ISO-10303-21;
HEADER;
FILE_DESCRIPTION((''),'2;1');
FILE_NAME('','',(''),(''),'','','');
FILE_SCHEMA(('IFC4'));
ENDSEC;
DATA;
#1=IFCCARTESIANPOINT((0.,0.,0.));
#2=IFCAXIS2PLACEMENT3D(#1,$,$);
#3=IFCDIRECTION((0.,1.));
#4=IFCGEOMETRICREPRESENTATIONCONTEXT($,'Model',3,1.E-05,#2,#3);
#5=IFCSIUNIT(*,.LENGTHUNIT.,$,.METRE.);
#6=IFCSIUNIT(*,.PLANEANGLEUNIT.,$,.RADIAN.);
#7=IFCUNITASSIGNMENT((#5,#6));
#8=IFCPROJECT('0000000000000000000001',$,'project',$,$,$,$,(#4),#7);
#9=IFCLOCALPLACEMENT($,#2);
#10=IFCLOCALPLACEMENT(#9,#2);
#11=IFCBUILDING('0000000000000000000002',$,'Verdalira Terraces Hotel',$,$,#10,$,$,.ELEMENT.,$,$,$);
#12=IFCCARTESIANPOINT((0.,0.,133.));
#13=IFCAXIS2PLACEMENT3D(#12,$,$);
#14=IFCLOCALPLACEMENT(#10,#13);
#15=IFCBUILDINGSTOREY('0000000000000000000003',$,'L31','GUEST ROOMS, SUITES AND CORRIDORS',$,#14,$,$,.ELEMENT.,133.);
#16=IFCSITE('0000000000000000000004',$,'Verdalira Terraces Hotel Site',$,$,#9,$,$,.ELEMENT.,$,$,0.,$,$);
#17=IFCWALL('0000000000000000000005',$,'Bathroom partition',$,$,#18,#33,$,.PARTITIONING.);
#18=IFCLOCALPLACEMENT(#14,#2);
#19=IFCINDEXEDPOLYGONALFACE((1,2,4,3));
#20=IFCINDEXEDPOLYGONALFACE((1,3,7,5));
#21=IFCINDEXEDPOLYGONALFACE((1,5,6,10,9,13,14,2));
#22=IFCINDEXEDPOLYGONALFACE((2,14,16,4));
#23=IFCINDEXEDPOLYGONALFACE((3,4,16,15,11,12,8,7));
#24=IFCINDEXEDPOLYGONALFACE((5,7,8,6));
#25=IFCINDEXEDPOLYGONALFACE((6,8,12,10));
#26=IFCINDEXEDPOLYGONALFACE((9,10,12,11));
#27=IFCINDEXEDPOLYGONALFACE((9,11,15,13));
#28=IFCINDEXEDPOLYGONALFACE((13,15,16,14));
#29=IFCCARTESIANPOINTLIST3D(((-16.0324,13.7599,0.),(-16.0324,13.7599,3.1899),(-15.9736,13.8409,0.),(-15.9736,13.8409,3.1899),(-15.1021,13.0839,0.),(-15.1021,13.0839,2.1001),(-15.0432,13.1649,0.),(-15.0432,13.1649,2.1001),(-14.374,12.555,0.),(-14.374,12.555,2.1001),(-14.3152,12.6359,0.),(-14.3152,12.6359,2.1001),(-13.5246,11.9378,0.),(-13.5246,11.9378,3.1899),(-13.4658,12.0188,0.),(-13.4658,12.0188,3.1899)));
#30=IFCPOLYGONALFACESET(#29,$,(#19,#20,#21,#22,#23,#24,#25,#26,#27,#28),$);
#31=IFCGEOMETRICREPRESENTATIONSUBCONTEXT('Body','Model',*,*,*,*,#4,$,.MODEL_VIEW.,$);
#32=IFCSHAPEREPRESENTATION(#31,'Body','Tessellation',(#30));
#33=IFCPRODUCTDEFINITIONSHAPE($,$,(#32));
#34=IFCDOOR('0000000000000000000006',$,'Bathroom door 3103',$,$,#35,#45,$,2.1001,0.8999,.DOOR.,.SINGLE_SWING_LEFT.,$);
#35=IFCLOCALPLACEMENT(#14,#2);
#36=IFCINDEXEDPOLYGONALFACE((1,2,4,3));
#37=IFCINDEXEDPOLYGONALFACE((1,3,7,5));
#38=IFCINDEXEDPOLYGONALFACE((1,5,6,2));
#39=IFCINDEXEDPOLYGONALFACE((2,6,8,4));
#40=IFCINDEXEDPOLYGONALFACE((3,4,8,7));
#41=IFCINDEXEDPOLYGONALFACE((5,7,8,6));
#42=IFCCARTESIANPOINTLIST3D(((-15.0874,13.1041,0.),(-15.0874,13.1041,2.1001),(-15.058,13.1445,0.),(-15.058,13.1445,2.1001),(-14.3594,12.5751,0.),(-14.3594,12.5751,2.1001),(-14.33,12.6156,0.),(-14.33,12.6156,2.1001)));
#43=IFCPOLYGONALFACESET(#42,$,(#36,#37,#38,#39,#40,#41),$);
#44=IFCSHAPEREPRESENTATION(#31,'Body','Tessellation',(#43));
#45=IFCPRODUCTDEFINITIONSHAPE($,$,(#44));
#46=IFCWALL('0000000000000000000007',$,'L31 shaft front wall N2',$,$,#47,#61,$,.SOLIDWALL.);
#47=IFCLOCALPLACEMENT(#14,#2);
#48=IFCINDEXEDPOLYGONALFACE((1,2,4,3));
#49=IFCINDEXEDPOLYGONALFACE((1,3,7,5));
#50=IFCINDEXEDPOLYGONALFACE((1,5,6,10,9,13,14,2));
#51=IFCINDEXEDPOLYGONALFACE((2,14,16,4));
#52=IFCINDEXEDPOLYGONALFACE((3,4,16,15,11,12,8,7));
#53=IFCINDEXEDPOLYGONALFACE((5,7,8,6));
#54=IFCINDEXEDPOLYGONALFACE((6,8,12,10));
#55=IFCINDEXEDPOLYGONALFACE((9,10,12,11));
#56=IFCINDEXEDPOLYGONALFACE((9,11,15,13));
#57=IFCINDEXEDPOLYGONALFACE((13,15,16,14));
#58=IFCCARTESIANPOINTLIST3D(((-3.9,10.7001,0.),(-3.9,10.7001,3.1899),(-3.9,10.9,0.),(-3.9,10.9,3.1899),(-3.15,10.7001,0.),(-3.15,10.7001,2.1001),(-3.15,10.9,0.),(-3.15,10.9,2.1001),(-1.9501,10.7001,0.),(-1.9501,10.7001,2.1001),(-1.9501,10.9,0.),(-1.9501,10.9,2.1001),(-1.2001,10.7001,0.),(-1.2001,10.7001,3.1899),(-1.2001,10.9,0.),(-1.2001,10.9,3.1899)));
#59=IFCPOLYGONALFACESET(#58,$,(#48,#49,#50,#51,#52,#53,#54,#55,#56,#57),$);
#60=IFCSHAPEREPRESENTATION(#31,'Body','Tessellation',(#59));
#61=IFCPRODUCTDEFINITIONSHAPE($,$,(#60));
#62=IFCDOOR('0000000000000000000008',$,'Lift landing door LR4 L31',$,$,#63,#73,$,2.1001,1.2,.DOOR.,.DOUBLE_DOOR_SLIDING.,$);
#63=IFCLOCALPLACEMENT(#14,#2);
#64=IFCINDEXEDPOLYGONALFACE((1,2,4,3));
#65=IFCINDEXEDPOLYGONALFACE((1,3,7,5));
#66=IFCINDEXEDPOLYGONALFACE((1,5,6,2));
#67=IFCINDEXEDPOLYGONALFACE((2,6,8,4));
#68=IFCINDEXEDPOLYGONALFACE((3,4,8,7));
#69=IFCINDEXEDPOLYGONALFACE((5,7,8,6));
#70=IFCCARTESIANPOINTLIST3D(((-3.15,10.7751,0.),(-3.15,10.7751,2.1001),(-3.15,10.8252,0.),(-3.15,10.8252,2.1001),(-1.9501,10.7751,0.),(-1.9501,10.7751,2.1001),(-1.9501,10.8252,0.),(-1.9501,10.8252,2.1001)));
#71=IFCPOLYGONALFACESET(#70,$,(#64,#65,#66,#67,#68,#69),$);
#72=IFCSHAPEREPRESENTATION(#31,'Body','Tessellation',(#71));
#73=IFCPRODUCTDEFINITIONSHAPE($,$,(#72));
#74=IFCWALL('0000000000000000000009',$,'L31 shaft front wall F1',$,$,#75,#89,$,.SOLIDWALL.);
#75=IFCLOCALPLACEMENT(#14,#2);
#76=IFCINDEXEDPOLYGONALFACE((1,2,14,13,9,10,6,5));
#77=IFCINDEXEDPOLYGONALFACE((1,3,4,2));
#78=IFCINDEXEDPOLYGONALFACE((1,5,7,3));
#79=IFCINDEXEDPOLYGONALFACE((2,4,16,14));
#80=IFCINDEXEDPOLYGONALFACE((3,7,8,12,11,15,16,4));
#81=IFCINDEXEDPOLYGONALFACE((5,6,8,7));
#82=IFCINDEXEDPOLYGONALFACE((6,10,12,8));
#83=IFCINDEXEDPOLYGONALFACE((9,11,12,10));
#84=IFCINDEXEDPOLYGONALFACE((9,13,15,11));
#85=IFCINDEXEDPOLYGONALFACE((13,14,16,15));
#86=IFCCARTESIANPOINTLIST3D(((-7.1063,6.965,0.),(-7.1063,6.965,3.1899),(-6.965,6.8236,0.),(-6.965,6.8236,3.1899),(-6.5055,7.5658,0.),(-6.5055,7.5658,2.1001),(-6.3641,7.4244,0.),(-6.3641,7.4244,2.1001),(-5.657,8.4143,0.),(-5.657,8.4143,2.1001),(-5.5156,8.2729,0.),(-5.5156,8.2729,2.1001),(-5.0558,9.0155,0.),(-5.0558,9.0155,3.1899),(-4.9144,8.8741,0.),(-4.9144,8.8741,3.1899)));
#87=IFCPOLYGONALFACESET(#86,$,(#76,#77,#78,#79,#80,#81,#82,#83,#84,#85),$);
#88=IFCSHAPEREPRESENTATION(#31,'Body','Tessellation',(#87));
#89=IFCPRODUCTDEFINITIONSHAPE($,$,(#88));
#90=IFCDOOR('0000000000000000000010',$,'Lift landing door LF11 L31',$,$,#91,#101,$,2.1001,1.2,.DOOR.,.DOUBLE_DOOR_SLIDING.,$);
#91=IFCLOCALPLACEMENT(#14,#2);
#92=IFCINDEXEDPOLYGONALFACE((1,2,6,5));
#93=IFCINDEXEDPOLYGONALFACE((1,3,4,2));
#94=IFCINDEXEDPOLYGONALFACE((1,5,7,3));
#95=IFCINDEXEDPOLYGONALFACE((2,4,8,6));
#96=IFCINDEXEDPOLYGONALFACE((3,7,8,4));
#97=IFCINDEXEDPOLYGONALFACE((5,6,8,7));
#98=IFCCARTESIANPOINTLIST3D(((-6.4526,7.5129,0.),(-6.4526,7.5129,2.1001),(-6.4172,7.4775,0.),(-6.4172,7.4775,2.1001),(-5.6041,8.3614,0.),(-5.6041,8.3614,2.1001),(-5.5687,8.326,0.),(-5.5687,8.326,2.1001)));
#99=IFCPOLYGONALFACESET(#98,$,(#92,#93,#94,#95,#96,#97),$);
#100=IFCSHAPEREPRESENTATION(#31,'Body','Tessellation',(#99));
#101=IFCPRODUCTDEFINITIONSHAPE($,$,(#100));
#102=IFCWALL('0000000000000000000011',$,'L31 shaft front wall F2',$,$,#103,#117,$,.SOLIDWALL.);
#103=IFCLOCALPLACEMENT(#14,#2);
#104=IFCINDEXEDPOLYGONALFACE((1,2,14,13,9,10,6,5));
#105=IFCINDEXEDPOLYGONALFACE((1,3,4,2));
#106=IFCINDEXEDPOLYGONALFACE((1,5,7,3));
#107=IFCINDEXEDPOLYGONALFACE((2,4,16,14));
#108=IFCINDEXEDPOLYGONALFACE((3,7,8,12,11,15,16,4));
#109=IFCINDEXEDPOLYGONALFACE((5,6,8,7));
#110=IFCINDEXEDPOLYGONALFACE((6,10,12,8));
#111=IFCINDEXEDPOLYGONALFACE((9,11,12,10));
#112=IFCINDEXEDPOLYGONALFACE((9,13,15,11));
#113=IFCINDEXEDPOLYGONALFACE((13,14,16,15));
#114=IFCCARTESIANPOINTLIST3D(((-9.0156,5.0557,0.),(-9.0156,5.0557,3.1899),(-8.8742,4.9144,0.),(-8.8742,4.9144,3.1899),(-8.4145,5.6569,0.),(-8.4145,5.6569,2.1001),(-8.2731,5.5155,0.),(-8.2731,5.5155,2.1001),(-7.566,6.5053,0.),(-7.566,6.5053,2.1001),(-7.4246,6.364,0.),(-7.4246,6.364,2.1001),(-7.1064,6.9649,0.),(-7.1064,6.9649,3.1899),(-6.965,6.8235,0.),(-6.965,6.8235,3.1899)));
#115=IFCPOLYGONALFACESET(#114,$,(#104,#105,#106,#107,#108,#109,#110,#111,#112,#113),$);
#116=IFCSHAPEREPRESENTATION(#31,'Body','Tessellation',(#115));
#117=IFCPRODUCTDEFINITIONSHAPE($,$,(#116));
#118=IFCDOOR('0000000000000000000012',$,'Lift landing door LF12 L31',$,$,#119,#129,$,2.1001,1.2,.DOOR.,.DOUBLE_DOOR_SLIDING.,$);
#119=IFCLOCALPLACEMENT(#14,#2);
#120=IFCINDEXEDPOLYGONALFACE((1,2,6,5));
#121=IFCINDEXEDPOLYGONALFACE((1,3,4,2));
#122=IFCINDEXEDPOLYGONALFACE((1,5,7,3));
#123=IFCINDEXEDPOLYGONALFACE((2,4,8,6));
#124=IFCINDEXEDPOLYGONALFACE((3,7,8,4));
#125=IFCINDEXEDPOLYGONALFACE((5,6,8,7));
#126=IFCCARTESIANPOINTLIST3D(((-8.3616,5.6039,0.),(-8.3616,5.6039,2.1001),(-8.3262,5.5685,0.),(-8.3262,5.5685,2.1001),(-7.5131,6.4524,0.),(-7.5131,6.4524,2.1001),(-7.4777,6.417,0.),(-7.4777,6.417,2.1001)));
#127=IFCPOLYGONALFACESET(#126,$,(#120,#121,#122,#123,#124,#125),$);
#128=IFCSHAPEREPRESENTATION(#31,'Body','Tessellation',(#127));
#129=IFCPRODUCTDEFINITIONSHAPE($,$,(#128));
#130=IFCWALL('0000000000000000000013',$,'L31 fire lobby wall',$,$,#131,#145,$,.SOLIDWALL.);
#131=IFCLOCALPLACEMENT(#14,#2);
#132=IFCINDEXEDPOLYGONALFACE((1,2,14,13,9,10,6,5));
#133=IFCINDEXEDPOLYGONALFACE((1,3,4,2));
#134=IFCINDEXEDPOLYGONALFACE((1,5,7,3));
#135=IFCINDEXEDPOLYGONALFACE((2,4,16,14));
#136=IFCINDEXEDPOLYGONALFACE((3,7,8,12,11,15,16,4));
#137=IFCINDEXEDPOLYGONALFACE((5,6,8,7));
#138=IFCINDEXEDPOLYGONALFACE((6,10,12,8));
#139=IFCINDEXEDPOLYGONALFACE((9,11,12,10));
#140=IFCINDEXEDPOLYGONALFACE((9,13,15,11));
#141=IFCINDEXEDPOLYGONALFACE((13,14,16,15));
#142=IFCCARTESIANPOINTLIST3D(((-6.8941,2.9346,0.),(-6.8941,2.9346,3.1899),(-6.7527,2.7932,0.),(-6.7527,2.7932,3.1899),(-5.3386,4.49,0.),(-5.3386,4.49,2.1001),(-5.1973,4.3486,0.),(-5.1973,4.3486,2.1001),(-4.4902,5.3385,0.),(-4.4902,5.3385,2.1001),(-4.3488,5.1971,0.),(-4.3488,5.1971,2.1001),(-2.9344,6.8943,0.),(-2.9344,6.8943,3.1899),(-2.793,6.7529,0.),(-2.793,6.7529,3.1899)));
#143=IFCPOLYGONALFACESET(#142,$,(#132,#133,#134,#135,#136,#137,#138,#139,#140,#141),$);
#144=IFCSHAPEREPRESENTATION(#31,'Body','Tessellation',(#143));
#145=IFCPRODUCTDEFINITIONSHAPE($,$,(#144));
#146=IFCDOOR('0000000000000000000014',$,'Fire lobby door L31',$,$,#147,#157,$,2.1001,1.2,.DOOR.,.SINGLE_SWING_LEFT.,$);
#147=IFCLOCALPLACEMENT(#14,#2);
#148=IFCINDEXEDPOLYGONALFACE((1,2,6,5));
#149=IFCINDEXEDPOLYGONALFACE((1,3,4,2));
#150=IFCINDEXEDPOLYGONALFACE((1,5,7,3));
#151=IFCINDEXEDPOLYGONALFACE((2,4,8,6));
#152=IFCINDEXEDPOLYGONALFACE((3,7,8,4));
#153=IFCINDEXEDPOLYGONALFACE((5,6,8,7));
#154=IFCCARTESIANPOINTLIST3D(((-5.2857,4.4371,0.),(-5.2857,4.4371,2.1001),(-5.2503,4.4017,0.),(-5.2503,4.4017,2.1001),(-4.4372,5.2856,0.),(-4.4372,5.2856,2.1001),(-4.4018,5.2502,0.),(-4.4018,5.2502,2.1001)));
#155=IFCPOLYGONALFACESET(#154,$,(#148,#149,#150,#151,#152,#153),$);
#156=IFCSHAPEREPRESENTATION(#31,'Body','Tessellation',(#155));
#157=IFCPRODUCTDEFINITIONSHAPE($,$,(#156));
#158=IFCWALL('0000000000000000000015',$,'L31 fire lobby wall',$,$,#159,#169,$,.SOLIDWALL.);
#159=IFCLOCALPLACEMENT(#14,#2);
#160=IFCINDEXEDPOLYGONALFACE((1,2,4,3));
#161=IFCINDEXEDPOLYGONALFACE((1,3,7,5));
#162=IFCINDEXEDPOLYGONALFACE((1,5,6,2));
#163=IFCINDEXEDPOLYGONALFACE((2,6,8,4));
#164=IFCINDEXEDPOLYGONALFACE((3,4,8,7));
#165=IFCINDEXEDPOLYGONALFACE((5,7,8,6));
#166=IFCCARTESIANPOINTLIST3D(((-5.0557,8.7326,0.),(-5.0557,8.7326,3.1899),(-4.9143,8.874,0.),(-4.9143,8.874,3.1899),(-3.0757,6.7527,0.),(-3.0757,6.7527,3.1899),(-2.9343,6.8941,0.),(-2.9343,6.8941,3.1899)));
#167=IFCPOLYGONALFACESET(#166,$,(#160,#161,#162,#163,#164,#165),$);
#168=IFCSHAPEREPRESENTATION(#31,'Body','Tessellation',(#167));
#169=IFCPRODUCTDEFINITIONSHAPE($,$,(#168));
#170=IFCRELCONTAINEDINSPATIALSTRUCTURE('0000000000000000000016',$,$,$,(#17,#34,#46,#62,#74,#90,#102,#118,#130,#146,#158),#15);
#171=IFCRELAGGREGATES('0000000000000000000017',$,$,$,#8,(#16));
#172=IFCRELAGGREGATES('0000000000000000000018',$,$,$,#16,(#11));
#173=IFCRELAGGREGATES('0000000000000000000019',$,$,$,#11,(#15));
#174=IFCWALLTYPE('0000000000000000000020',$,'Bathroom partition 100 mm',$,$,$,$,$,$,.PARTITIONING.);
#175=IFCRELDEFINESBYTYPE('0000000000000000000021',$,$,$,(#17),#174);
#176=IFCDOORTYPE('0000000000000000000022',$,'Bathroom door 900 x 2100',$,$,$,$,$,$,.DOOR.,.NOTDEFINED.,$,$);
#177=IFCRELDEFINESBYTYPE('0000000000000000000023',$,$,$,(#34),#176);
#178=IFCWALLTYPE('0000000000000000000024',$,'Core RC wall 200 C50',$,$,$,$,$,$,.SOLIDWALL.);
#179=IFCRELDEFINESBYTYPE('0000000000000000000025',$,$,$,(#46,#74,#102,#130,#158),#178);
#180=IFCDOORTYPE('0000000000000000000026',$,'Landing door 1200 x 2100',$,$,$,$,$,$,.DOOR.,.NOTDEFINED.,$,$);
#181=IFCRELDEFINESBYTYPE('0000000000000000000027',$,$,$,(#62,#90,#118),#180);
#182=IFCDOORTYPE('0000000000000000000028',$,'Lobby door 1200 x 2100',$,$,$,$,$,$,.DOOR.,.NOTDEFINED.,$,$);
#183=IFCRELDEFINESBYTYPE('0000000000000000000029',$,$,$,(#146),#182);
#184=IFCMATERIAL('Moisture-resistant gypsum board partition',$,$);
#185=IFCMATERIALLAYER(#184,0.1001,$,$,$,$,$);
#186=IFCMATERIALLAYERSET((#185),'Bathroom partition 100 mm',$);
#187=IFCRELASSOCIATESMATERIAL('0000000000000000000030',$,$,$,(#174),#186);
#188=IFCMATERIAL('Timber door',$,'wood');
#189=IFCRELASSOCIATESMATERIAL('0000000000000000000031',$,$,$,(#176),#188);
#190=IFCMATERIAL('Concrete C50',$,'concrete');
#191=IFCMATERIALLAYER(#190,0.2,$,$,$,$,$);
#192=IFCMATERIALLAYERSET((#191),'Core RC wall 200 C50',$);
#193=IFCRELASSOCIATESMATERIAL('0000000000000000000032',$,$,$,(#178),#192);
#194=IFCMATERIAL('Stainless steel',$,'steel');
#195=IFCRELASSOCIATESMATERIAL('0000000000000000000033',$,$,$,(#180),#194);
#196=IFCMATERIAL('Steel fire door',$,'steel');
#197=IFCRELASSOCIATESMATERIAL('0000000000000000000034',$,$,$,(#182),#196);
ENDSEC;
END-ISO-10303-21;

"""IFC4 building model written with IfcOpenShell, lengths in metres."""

from ifc_helpers import new_model, si_unit, direction, frame, frame_2d, origin, place, context, subcontext, project, spatial, rectangle, extrude, material, layer, layer_set, type_object, element, fill, save


model = new_model("IFC4")

# Units and contexts
model_context = context("Model", 3, precision=1e-05, world=origin(), true_north=direction((0.0, 1.0)))
body_context = subcontext(model_context, "Body", "Model", "MODEL_VIEW")
ifc_project = project(units=[si_unit("LENGTHUNIT", "METRE"), si_unit("PLANEANGLEUNIT", "RADIAN")], contexts=[model_context])

# Site, building, storey
site_placement = place(None, origin())
site = spatial("IfcSite", under=ifc_project, at=site_placement, Name="Verdalira Terraces Hotel Site", CompositionType="ELEMENT", RefElevation=0.0)
building_placement = place(site_placement, origin())
building = spatial("IfcBuilding", under=site, at=building_placement, Name="Verdalira Terraces Hotel", CompositionType="ELEMENT")
storey_placement = place(building_placement, frame((0.0, 0.0, 133.0)))
storey = spatial("IfcBuildingStorey", under=building, at=storey_placement, Name="L31", Description="GUEST ROOMS, SUITES AND CORRIDORS", CompositionType="ELEMENT", Elevation=133.0)

# Walls, openings, doors
ifc_material_1 = material(Name="Moisture-resistant gypsum board partition")
ifc_layer_1 = layer(ifc_material_1, 0.1001)
ifc_layer_set_1 = layer_set([ifc_layer_1], Name="Bathroom partition 100 mm")
wall_type_1 = type_object("IfcWallType", Name="Bathroom partition 100 mm", PredefinedType="PARTITIONING", material=ifc_layer_set_1)
wall_1_placement = place(storey_placement, frame((-16.0029, 13.8003, 0.0), z_axis=(0.0, 0.0, 1.0), x_axis=(0.809019, -0.587783, 0.0)))
wall_1 = element("IfcWall", 1, at=wall_1_placement, inside=storey, type_object=wall_type_1, Name="Bathroom partition", PredefinedType="PARTITIONING", context=body_context, shape_type="SweptSolid", body=[
    extrude(rectangle(XDim=3.0999, YDim=0.1001, at=frame_2d((1.5498, 0.0))), origin(), (0.0, 0.0, 1.0), 3.1899),
])
opening_1_placement = place(wall_1_placement, frame((1.1499, 0.0, 0.0)))
opening_1 = element("IfcOpeningElement", 2, at=opening_1_placement, cuts=wall_1, PredefinedType="OPENING", context=body_context, shape_type="SweptSolid", body=[
    extrude(rectangle(XDim=0.8999, YDim=2.1001, at=frame_2d((0.45, 1.05))), frame((0.0, 0.0601, 0.0), z_axis=(0.0, -1.0, 0.0), x_axis=(1.0, 0.0, 0.0)), (0.0, 0.0, 1.0), 0.1201),
])
ifc_material_2 = material(Name="Timber door", Category="wood")
door_type_1 = type_object("IfcDoorType", Name="Bathroom door 900 x 2100", OperationType="NOTDEFINED", PredefinedType="DOOR", material=ifc_material_2)
door_1_placement = place(opening_1_placement, origin())
door_1 = element("IfcDoor", 3, at=door_1_placement, inside=storey, type_object=door_type_1, Name="Bathroom door 3103", OperationType="SINGLE_SWING_LEFT", OverallHeight=2.1001, OverallWidth=0.8999, PredefinedType="DOOR", context=body_context, shape_type="SweptSolid", body=[
    extrude(rectangle(XDim=0.8999, YDim=2.1001, at=frame_2d((0.45, 1.05))), frame((0.0, 0.0249, 0.0), z_axis=(0.0, -1.0, 0.0), x_axis=(1.0, 0.0, 0.0)), (0.0, 0.0, 1.0), 0.05),
])
fill(opening_1, door_1)
ifc_material_3 = material(Name="Concrete C50", Category="concrete")
ifc_layer_2 = layer(ifc_material_3, 0.2)
ifc_layer_set_2 = layer_set([ifc_layer_2], Name="Core RC wall 200 C50")
wall_type_2 = type_object("IfcWallType", Name="Core RC wall 200 C50", PredefinedType="SOLIDWALL", material=ifc_layer_set_2)
wall_2_placement = place(storey_placement, frame((-1.2, 10.8, 0.0), z_axis=(0.0, 0.0, 1.0), x_axis=(-1.0, 0.0, 0.0)))
wall_2 = element("IfcWall", 4, at=wall_2_placement, inside=storey, type_object=wall_type_2, Name="L31 shaft front wall N2", PredefinedType="SOLIDWALL", context=body_context, shape_type="SweptSolid", body=[
    extrude(rectangle(XDim=2.7, YDim=0.2, at=frame_2d((1.3501, 0.0))), origin(), (0.0, 0.0, 1.0), 3.1899),
])
opening_2_placement = place(wall_2_placement, frame((0.75, 0.0, 0.0)))
opening_2 = element("IfcOpeningElement", 5, at=opening_2_placement, cuts=wall_2, PredefinedType="OPENING", context=body_context, shape_type="SweptSolid", body=[
    extrude(rectangle(XDim=1.2, YDim=2.1001, at=frame_2d((0.6001, 1.05))), frame((0.0, 0.1099, 0.0), z_axis=(0.0, -1.0, 0.0), x_axis=(1.0, 0.0, 0.0)), (0.0, 0.0, 1.0), 0.22),
])
ifc_material_4 = material(Name="Stainless steel", Category="steel")
door_type_2 = type_object("IfcDoorType", Name="Landing door 1200 x 2100", OperationType="NOTDEFINED", PredefinedType="DOOR", material=ifc_material_4)
door_2_placement = place(opening_2_placement, origin())
door_2 = element("IfcDoor", 6, at=door_2_placement, inside=storey, type_object=door_type_2, Name="Lift landing door LR4 L31", OperationType="DOUBLE_DOOR_SLIDING", OverallHeight=2.1001, OverallWidth=1.2, PredefinedType="DOOR", context=body_context, shape_type="SweptSolid", body=[
    extrude(rectangle(XDim=1.2, YDim=2.1001, at=frame_2d((0.6001, 1.05))), frame((0.0, 0.0249, 0.0), z_axis=(0.0, -1.0, 0.0), x_axis=(1.0, 0.0, 0.0)), (0.0, 0.0, 1.0), 0.05),
])
fill(opening_2, door_2)
wall_3_placement = place(storey_placement, frame((-4.9851, 8.9448, 0.0), z_axis=(0.0, 0.0, 1.0), x_axis=(-0.707107, -0.707107, 0.0)))
wall_3 = element("IfcWall", 7, at=wall_3_placement, inside=storey, type_object=wall_type_2, Name="L31 shaft front wall F1", PredefinedType="SOLIDWALL", context=body_context, shape_type="SweptSolid", body=[
    extrude(rectangle(XDim=2.8999, YDim=0.2, at=frame_2d((1.45, 0.0))), origin(), (0.0, 0.0, 1.0), 3.1899),
])
opening_3_placement = place(wall_3_placement, frame((0.8501, 0.0, 0.0)))
opening_3 = element("IfcOpeningElement", 8, at=opening_3_placement, cuts=wall_3, PredefinedType="OPENING", context=body_context, shape_type="SweptSolid", body=[
    extrude(rectangle(XDim=1.2, YDim=2.1001, at=frame_2d((0.6001, 1.05))), frame((0.0, 0.1099, 0.0), z_axis=(0.0, -1.0, 0.0), x_axis=(1.0, 0.0, 0.0)), (0.0, 0.0, 1.0), 0.22),
])
door_3_placement = place(opening_3_placement, origin())
door_3 = element("IfcDoor", 9, at=door_3_placement, inside=storey, type_object=door_type_2, Name="Lift landing door LF11 L31", OperationType="DOUBLE_DOOR_SLIDING", OverallHeight=2.1001, OverallWidth=1.2, PredefinedType="DOOR", context=body_context, shape_type="SweptSolid", body=[
    extrude(rectangle(XDim=1.2, YDim=2.1001, at=frame_2d((0.6001, 1.05))), frame((0.0, 0.0249, 0.0), z_axis=(0.0, -1.0, 0.0), x_axis=(1.0, 0.0, 0.0)), (0.0, 0.0, 1.0), 0.05),
])
fill(opening_3, door_3)
wall_4_placement = place(storey_placement, frame((-7.0356, 6.8943, 0.0), z_axis=(0.0, 0.0, 1.0), x_axis=(-0.707107, -0.707107, 0.0)))
wall_4 = element("IfcWall", 10, at=wall_4_placement, inside=storey, type_object=wall_type_2, Name="L31 shaft front wall F2", PredefinedType="SOLIDWALL", context=body_context, shape_type="SweptSolid", body=[
    extrude(rectangle(XDim=2.7, YDim=0.2, at=frame_2d((1.3501, 0.0))), origin(), (0.0, 0.0, 1.0), 3.1899),
])
opening_4_placement = place(wall_4_placement, frame((0.6499, 0.0, 0.0)))
opening_4 = element("IfcOpeningElement", 11, at=opening_4_placement, cuts=wall_4, PredefinedType="OPENING", context=body_context, shape_type="SweptSolid", body=[
    extrude(rectangle(XDim=1.2, YDim=2.1001, at=frame_2d((0.6001, 1.05))), frame((0.0, 0.1099, 0.0), z_axis=(0.0, -1.0, 0.0), x_axis=(1.0, 0.0, 0.0)), (0.0, 0.0, 1.0), 0.22),
])
door_4_placement = place(opening_4_placement, origin())
door_4 = element("IfcDoor", 12, at=door_4_placement, inside=storey, type_object=door_type_2, Name="Lift landing door LF12 L31", OperationType="DOUBLE_DOOR_SLIDING", OverallHeight=2.1001, OverallWidth=1.2, PredefinedType="DOOR", context=body_context, shape_type="SweptSolid", body=[
    extrude(rectangle(XDim=1.2, YDim=2.1001, at=frame_2d((0.6001, 1.05))), frame((0.0, 0.0249, 0.0), z_axis=(0.0, -1.0, 0.0), x_axis=(1.0, 0.0, 0.0)), (0.0, 0.0, 1.0), 0.05),
])
fill(opening_4, door_4)
wall_5_placement = place(storey_placement, frame((-2.8638, 6.8235, 0.0), z_axis=(0.0, 0.0, 1.0), x_axis=(-0.707107, -0.707107, 0.0)))
wall_5 = element("IfcWall", 13, at=wall_5_placement, inside=storey, type_object=wall_type_2, Name="L31 fire lobby wall", PredefinedType="SOLIDWALL", context=body_context, shape_type="SweptSolid", body=[
    extrude(rectangle(XDim=5.5999, YDim=0.2, at=frame_2d((2.7998, 0.0))), origin(), (0.0, 0.0, 1.0), 3.1899),
])
opening_5_placement = place(wall_5_placement, frame((2.2, 0.0, 0.0)))
opening_5 = element("IfcOpeningElement", 14, at=opening_5_placement, cuts=wall_5, PredefinedType="OPENING", context=body_context, shape_type="SweptSolid", body=[
    extrude(rectangle(XDim=1.2, YDim=2.1001, at=frame_2d((0.6001, 1.05))), frame((0.0, 0.1099, 0.0), z_axis=(0.0, -1.0, 0.0), x_axis=(1.0, 0.0, 0.0)), (0.0, 0.0, 1.0), 0.22),
])
ifc_material_5 = material(Name="Steel fire door", Category="steel")
door_type_3 = type_object("IfcDoorType", Name="Lobby door 1200 x 2100", OperationType="NOTDEFINED", PredefinedType="DOOR", material=ifc_material_5)
door_5_placement = place(opening_5_placement, origin())
door_5 = element("IfcDoor", 15, at=door_5_placement, inside=storey, type_object=door_type_3, Name="Fire lobby door L31", OperationType="SINGLE_SWING_LEFT", OverallHeight=2.1001, OverallWidth=1.2, PredefinedType="DOOR", context=body_context, shape_type="SweptSolid", body=[
    extrude(rectangle(XDim=1.2, YDim=2.1001, at=frame_2d((0.6001, 1.05))), frame((0.0, 0.0249, 0.0), z_axis=(0.0, -1.0, 0.0), x_axis=(1.0, 0.0, 0.0)), (0.0, 0.0, 1.0), 0.05),
])
fill(opening_5, door_5)

# Wall
for number, where, z_axis, x_axis, name in (
    (16, (-3.0051, 6.8235, 0.0), (0.0, 0.0, 1.0), (-0.707107, 0.707107, 0.0), "L31 fire lobby wall"),
):
    element("IfcWall", number, at=place(storey_placement, frame(where, z_axis=z_axis, x_axis=x_axis)), inside=storey, type_object=wall_type_2, Name=name, PredefinedType="SOLIDWALL", context=body_context, shape_type="SweptSolid", body=[
        extrude(rectangle(XDim=2.8, YDim=0.2, at=frame_2d((1.3999, 0.0))), origin(), (0.0, 0.0, 1.0), 3.1899),
    ])

save(model, "model.ifc")
